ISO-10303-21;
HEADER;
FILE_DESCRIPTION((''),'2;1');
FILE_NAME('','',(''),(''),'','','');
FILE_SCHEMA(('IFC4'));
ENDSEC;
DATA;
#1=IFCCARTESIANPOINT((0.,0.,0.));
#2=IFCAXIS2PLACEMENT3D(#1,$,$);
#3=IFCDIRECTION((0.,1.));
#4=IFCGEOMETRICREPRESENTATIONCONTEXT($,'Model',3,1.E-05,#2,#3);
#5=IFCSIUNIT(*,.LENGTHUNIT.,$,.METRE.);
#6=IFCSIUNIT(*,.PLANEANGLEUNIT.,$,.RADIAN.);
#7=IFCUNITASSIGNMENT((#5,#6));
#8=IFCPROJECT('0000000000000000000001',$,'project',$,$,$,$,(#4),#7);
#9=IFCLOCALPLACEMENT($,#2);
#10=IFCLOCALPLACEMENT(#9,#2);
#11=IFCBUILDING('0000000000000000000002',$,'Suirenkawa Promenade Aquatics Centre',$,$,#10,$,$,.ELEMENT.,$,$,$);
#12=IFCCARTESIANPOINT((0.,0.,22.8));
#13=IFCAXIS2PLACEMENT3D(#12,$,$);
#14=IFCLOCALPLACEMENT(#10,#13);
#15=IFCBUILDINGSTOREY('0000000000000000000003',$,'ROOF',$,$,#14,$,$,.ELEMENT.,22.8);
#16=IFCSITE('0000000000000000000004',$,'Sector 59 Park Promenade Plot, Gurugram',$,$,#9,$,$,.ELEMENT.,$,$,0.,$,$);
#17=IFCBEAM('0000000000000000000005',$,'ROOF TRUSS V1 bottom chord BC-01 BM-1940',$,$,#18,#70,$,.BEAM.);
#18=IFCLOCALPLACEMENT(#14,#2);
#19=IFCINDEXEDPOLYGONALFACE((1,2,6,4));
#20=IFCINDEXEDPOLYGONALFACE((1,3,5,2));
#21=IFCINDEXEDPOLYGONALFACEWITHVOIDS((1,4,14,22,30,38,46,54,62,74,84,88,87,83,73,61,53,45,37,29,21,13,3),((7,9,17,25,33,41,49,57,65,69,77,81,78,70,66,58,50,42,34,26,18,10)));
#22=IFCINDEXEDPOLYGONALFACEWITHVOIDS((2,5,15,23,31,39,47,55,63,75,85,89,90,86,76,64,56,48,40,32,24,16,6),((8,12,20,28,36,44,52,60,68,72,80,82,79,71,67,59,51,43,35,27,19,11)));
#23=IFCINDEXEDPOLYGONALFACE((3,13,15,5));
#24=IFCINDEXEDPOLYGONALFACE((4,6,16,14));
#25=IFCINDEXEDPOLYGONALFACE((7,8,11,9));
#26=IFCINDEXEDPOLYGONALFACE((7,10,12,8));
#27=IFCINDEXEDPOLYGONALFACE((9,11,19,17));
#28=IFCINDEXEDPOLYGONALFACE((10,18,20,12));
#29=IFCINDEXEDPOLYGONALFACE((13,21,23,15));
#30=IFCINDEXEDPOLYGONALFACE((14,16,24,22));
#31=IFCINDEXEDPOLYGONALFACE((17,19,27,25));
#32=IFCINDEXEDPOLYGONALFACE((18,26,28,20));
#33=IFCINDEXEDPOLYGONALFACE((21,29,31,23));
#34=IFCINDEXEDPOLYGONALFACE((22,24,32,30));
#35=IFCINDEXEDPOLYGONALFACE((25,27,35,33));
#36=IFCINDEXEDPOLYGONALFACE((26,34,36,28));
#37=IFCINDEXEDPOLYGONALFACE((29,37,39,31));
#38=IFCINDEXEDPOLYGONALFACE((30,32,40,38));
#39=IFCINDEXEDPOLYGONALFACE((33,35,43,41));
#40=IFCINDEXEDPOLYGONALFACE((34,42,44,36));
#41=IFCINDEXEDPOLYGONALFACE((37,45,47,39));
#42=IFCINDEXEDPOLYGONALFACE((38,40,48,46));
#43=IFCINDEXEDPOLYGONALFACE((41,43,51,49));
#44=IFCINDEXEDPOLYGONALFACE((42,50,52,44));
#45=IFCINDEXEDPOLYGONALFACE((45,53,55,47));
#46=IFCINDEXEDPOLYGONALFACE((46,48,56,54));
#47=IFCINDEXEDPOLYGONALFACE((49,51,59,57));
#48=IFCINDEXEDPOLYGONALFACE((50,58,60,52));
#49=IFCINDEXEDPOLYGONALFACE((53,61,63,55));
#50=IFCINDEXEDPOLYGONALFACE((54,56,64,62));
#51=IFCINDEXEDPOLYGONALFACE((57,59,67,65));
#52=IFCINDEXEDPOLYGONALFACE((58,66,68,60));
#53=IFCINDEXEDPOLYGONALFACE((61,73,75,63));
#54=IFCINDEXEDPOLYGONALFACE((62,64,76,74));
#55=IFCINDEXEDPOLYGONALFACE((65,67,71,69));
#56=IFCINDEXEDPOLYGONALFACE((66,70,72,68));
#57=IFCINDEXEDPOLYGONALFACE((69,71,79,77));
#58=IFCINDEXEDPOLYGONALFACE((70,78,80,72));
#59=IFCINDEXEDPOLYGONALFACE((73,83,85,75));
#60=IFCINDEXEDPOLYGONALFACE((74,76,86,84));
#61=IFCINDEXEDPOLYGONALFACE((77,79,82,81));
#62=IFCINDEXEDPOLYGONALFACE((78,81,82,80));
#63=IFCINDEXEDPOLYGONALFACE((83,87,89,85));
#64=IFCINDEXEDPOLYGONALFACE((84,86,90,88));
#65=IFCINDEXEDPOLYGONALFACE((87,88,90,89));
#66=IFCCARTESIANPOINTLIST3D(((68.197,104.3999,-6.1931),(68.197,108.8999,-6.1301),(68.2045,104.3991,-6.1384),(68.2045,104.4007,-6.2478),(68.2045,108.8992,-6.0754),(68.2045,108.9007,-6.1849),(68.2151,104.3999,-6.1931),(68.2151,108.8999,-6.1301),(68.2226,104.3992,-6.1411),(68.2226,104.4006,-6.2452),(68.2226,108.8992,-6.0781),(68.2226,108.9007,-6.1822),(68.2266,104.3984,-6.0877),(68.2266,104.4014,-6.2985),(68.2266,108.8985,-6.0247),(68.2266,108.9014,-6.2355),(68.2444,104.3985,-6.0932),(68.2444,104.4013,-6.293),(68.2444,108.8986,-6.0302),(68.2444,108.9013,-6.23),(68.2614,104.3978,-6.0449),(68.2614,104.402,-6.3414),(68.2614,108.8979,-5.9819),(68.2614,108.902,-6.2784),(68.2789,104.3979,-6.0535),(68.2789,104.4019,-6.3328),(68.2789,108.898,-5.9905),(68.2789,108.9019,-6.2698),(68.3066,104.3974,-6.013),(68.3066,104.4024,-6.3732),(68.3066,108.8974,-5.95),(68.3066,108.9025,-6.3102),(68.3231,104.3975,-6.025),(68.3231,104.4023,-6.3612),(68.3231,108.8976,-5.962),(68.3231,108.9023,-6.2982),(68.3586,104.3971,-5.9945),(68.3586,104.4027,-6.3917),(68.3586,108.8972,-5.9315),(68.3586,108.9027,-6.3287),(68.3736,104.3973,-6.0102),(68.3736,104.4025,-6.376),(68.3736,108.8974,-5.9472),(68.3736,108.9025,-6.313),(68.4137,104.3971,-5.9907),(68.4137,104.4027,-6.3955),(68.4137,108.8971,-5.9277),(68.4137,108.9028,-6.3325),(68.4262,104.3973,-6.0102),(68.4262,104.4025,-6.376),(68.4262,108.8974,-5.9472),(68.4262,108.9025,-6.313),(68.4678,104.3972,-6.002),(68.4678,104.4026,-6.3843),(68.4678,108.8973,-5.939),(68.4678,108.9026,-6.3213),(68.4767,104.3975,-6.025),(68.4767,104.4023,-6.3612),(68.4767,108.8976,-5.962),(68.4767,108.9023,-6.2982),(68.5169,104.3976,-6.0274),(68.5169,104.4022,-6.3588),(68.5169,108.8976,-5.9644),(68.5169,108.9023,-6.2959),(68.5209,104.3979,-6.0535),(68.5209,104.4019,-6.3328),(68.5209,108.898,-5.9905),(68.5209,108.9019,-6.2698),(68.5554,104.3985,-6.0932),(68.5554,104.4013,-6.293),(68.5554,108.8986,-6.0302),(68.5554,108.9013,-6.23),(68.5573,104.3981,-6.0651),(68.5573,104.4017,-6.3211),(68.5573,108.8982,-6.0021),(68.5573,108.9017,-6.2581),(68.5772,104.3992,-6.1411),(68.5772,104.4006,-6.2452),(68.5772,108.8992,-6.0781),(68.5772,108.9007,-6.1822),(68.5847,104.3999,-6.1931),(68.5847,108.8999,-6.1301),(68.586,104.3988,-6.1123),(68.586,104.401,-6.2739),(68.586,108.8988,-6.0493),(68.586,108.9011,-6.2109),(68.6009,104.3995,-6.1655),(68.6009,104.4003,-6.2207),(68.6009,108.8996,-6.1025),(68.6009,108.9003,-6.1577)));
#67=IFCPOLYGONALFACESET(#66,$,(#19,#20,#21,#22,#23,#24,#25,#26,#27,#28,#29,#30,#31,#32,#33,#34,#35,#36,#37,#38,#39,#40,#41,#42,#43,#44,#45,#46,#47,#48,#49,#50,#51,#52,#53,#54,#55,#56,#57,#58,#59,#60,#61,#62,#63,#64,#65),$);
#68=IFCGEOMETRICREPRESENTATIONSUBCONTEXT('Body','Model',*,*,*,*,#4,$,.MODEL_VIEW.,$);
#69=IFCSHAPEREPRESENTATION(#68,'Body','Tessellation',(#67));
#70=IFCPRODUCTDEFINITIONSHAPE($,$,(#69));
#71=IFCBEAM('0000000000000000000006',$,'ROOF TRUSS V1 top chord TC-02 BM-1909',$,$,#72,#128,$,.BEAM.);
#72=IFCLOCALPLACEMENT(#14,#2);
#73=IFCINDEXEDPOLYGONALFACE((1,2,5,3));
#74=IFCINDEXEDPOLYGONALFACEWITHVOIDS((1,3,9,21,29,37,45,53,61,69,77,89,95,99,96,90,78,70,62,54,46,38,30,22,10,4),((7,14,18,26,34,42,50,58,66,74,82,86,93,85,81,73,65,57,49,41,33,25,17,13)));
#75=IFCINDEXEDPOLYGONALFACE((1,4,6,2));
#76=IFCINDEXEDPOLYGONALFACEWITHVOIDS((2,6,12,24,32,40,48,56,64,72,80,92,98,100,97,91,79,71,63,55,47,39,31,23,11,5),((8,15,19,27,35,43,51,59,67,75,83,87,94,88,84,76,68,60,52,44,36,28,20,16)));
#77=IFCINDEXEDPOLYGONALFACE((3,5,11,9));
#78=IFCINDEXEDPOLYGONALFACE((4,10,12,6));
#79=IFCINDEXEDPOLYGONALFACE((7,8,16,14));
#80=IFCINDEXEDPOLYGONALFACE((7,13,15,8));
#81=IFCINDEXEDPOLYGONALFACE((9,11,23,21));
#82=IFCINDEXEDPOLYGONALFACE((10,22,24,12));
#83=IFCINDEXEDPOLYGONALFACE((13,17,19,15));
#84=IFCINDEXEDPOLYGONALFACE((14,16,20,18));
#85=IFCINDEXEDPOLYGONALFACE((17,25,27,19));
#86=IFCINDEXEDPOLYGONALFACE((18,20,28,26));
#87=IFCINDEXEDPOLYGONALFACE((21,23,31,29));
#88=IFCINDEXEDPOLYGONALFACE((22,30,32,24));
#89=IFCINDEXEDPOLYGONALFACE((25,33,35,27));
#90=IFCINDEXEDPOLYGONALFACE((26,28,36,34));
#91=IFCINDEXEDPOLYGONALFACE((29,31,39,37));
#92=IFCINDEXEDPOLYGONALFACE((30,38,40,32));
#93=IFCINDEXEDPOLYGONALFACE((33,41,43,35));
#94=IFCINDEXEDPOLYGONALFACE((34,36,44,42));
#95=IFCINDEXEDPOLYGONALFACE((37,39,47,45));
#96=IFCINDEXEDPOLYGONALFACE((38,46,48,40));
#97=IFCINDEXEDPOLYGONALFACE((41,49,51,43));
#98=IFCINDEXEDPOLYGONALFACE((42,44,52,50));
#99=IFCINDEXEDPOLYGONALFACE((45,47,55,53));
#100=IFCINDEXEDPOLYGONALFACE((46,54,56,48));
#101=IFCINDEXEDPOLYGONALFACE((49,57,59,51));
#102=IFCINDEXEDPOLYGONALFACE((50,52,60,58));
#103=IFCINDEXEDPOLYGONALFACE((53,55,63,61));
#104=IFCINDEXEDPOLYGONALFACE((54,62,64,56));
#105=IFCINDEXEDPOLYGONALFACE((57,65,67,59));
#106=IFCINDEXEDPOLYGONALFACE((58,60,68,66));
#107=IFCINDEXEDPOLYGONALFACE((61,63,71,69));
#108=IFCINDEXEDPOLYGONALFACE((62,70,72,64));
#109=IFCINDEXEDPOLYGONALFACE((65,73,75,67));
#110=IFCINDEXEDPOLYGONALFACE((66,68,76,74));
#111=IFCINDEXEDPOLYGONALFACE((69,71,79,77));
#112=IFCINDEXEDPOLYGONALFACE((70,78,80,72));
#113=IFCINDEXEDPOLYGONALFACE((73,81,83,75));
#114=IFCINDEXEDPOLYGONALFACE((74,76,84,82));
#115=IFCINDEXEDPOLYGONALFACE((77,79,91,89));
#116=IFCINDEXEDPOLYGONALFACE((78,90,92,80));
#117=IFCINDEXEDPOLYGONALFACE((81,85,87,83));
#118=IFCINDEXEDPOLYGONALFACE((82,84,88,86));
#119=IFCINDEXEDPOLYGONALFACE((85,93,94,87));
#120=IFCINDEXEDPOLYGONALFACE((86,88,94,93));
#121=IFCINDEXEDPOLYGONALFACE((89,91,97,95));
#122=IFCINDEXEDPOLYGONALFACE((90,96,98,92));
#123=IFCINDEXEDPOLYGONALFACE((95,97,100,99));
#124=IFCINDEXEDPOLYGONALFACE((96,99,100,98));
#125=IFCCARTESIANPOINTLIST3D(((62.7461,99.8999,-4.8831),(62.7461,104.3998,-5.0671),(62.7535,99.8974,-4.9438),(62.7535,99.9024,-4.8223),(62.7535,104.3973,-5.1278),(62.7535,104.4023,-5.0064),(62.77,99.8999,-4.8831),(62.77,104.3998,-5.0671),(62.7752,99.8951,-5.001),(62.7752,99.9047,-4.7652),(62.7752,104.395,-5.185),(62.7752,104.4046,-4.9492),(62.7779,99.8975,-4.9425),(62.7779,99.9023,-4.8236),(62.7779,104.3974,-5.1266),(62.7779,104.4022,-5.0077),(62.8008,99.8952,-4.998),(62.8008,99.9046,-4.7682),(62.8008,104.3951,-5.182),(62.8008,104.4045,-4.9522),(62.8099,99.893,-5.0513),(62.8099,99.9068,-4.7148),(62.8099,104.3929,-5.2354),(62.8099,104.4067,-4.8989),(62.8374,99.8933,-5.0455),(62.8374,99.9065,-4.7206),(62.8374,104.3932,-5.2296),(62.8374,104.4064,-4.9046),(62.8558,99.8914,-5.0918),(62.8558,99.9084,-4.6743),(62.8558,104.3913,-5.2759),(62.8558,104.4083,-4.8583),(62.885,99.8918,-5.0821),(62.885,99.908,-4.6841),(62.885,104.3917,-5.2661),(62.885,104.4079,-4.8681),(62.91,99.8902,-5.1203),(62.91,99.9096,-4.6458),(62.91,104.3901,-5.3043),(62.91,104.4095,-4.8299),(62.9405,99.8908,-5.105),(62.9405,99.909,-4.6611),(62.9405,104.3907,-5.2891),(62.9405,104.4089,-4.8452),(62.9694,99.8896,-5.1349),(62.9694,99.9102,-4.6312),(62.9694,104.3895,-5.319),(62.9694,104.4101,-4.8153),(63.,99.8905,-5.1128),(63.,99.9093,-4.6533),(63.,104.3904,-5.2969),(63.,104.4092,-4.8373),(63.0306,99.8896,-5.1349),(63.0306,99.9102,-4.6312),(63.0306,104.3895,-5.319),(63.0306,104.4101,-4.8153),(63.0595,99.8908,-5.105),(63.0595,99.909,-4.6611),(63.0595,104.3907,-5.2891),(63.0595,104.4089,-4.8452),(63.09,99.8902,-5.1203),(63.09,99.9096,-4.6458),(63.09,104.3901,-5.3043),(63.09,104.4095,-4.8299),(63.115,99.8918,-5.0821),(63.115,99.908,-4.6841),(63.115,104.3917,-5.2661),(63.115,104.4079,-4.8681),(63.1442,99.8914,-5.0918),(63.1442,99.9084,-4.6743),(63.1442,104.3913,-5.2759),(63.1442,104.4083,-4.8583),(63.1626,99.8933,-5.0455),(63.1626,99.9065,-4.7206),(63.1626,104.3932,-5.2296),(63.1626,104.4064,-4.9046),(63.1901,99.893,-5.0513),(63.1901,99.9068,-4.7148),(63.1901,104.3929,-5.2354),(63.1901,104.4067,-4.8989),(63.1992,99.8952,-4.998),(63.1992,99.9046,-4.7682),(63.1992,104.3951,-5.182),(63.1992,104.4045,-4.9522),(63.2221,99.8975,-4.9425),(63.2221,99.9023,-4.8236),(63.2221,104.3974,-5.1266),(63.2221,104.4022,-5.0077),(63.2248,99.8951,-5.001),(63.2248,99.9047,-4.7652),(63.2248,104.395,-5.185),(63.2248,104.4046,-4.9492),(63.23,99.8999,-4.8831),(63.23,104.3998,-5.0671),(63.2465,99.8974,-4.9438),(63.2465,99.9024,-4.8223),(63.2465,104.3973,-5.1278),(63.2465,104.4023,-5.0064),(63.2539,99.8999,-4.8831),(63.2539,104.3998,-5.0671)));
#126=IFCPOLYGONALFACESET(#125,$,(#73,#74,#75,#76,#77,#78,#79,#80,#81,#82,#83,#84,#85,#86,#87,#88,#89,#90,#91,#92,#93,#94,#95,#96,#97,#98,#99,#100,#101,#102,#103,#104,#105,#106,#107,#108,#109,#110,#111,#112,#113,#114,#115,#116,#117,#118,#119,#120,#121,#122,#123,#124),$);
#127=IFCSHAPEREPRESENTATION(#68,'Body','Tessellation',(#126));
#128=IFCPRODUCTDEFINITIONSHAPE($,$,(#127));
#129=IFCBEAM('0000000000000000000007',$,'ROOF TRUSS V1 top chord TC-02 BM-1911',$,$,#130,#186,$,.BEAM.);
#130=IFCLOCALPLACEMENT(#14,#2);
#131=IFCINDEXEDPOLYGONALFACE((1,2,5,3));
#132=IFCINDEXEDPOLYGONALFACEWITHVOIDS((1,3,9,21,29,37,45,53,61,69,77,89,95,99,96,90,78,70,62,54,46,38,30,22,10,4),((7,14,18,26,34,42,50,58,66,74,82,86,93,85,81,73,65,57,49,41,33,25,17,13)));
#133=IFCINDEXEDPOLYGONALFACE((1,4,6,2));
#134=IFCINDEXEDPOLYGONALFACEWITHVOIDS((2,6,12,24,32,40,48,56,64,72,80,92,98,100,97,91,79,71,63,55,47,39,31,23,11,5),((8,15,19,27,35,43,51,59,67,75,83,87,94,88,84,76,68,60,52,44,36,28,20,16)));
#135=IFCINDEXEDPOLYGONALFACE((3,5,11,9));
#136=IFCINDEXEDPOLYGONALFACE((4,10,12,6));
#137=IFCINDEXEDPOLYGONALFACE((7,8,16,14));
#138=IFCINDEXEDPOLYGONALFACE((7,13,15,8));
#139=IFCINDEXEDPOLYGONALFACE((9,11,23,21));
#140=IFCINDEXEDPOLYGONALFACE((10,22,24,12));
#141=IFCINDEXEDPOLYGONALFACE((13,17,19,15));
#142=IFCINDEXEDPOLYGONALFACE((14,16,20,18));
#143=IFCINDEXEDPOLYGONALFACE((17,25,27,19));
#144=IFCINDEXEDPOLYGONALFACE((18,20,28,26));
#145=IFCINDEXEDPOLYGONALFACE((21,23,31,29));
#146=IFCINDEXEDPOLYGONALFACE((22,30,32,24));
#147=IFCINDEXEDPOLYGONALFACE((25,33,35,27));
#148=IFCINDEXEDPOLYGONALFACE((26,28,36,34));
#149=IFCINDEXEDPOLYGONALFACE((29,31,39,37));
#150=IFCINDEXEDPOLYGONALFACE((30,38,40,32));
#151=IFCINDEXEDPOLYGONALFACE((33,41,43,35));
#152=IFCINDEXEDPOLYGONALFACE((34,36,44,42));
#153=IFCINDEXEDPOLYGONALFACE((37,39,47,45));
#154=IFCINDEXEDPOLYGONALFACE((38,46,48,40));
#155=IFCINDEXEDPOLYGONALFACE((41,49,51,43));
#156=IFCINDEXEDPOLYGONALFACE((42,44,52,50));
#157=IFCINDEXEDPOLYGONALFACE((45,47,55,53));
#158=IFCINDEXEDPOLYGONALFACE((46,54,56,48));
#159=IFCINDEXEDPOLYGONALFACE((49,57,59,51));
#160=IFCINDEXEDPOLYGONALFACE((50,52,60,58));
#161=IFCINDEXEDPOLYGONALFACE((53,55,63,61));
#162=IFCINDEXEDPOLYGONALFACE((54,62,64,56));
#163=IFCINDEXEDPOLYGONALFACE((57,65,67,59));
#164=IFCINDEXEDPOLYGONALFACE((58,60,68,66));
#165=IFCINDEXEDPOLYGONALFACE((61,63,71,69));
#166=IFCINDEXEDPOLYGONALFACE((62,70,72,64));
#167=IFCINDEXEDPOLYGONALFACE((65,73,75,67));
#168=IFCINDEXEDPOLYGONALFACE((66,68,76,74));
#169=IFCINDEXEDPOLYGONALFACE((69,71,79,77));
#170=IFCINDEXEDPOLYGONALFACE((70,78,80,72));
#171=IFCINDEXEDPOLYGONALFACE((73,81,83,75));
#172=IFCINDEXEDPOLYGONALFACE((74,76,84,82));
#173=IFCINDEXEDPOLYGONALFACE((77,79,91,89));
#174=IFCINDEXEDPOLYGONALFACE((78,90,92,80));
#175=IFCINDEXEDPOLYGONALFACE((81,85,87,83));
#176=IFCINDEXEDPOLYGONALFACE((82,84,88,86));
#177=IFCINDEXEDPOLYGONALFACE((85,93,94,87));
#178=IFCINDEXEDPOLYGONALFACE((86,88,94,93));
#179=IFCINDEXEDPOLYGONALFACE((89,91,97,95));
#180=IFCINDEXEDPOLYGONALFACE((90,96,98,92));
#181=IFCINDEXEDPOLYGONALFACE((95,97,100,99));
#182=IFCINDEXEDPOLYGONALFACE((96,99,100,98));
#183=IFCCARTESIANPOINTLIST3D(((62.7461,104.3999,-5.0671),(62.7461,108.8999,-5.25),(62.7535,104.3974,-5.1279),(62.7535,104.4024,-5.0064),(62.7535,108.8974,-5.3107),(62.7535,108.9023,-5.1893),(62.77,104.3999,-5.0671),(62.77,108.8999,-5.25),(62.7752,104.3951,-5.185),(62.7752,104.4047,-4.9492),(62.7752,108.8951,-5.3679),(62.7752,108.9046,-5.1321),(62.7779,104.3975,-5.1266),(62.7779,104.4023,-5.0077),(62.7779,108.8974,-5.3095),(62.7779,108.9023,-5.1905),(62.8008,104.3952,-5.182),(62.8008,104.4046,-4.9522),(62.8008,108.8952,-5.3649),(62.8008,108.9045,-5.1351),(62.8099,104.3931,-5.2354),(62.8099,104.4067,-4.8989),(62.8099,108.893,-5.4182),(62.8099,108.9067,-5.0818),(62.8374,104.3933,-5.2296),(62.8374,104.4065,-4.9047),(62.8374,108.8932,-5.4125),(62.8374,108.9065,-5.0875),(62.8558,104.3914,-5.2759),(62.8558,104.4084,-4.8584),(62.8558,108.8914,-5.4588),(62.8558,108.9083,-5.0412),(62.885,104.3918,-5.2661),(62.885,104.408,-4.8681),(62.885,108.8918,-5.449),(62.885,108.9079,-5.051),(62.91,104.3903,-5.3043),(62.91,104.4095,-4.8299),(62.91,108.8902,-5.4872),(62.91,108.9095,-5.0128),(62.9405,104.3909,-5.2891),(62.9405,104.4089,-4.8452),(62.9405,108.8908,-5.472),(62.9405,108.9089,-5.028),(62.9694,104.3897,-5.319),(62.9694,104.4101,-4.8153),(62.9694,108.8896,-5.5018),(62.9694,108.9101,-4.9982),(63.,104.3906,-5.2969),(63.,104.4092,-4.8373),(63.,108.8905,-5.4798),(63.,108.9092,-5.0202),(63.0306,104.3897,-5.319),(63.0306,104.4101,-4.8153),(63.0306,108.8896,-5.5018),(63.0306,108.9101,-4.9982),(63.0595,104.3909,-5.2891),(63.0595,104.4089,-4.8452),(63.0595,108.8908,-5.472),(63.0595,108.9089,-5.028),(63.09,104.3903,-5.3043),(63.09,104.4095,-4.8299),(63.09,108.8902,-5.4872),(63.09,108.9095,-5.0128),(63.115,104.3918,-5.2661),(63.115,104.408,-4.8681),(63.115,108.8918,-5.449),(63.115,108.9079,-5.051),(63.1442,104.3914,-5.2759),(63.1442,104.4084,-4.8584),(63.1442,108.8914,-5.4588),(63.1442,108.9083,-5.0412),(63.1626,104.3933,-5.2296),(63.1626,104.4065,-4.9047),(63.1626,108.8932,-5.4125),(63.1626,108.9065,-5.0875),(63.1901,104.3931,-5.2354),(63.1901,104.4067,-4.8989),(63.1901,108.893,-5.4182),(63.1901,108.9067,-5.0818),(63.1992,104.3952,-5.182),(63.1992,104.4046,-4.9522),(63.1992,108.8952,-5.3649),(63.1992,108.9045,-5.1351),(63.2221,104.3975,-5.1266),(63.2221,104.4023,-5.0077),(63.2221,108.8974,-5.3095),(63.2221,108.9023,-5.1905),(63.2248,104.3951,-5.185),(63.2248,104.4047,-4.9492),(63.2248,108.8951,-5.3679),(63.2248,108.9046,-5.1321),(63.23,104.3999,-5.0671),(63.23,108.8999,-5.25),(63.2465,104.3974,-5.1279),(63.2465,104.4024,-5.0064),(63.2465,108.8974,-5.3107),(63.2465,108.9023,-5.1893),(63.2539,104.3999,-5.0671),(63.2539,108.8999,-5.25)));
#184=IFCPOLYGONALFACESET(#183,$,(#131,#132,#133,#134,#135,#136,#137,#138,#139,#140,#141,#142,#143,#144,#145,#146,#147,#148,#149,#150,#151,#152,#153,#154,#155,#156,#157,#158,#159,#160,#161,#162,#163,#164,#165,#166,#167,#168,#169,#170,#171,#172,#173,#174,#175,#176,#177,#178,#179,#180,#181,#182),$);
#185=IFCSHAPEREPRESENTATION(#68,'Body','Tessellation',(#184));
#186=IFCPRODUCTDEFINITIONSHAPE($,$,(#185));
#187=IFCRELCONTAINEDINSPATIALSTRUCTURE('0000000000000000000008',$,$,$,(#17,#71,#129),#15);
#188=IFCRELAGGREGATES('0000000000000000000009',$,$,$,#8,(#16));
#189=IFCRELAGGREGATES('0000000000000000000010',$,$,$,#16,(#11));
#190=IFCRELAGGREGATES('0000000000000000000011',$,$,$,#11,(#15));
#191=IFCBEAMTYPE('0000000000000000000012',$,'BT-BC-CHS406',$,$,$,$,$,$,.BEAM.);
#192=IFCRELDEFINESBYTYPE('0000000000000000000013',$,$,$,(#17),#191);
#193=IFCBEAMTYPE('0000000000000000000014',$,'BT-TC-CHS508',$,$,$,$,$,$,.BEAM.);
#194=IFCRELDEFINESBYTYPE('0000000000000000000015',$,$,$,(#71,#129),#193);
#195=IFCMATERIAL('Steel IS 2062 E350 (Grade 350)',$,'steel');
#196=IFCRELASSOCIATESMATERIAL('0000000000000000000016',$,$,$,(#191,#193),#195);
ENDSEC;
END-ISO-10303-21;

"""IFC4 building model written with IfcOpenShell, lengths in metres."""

from ifc_helpers import new_model, si_unit, direction, frame, origin, origin_2d, place, context, subcontext, project, spatial, hollow_circle, extrude, material, material_profile, profile_set, type_object, element, save


model = new_model("IFC4")

# Units and contexts
model_context = context("Model", 3, precision=1e-05, world=origin(), true_north=direction((0.0, 1.0)))
body_context = subcontext(model_context, "Body", "Model", "MODEL_VIEW")
ifc_project = project(units=[si_unit("LENGTHUNIT", "METRE"), si_unit("PLANEANGLEUNIT", "RADIAN")], contexts=[model_context])

# Site, building, storey
site_placement = place(None, origin())
site = spatial("IfcSite", under=ifc_project, at=site_placement, Name="Sector 59 Park Promenade Plot, Gurugram", CompositionType="ELEMENT", RefElevation=0.0)
building_placement = place(site_placement, origin())
building = spatial("IfcBuilding", under=site, at=building_placement, Name="Suirenkawa Promenade Aquatics Centre", CompositionType="ELEMENT")
storey_placement = place(building_placement, frame((0.0, 0.0, 22.8)))
storey = spatial("IfcBuildingStorey", under=building, at=storey_placement, Name="ROOF", CompositionType="ELEMENT", Elevation=22.8)

# Beams
ifc_material = material(Name="Steel IS 2062 E350 (Grade 350)", Category="steel")
ifc_material_profile_1 = material_profile(ifc_material, hollow_circle(Radius=0.2029, WallThickness=0.0181, at=origin_2d()), Name="CHS 406x18", Category="steel")
ifc_profile_set_1 = profile_set([ifc_material_profile_1], Name="Steel IS 2062 E350 (Grade 350)")
beam_type_1 = type_object("IfcBeamType", Name="BT-BC-CHS406", PredefinedType="BEAM", material=ifc_profile_set_1)
beam_1_placement = place(storey_placement, frame((68.3999, 104.3999, -6.1931), z_axis=(0.0, 0.999902, 0.013996), x_axis=(-1.0, 0.0, 0.0)))
element("IfcBeam", 1, at=beam_1_placement, inside=storey, type_object=beam_type_1, Name="ROOF TRUSS V1 bottom chord BC-01 BM-1940", PredefinedType="BEAM", context=body_context, shape_type="SweptSolid", body=[
    extrude(hollow_circle(Radius=0.2029, WallThickness=0.0181, at=origin_2d()), origin(), (0.0, 0.0, 1.0), 4.5005),
])
ifc_material_profile_2 = material_profile(ifc_material, hollow_circle(Radius=0.2539, WallThickness=0.0239, at=origin_2d()), Name="CHS 508x24", Category="steel")
ifc_profile_set_2 = profile_set([ifc_material_profile_2], Name="Steel IS 2062 E350 (Grade 350)")
beam_type_2 = type_object("IfcBeamType", Name="BT-TC-CHS508", PredefinedType="BEAM", material=ifc_profile_set_2)
for number, where, z_axis, x_axis, name in (
    (2, (63.0, 99.8999, -4.8831), (0.0, 0.999164, -0.040873), (-1.0, 0.0, 0.0), "ROOF TRUSS V1 top chord TC-02 BM-1909"),
    (3, (63.0, 104.3999, -5.0671), (0.0, 0.999175, -0.040602), (-1.0, 0.0, 0.0), "ROOF TRUSS V1 top chord TC-02 BM-1911"),
):
    element("IfcBeam", number, at=place(storey_placement, frame(where, z_axis=z_axis, x_axis=x_axis)), inside=storey, type_object=beam_type_2, Name=name, PredefinedType="BEAM", context=body_context, shape_type="SweptSolid", body=[
        extrude(hollow_circle(Radius=0.2539, WallThickness=0.0239, at=origin_2d()), origin(), (0.0, 0.0, 1.0), 4.5037),
    ])

save(model, "model.ifc")
